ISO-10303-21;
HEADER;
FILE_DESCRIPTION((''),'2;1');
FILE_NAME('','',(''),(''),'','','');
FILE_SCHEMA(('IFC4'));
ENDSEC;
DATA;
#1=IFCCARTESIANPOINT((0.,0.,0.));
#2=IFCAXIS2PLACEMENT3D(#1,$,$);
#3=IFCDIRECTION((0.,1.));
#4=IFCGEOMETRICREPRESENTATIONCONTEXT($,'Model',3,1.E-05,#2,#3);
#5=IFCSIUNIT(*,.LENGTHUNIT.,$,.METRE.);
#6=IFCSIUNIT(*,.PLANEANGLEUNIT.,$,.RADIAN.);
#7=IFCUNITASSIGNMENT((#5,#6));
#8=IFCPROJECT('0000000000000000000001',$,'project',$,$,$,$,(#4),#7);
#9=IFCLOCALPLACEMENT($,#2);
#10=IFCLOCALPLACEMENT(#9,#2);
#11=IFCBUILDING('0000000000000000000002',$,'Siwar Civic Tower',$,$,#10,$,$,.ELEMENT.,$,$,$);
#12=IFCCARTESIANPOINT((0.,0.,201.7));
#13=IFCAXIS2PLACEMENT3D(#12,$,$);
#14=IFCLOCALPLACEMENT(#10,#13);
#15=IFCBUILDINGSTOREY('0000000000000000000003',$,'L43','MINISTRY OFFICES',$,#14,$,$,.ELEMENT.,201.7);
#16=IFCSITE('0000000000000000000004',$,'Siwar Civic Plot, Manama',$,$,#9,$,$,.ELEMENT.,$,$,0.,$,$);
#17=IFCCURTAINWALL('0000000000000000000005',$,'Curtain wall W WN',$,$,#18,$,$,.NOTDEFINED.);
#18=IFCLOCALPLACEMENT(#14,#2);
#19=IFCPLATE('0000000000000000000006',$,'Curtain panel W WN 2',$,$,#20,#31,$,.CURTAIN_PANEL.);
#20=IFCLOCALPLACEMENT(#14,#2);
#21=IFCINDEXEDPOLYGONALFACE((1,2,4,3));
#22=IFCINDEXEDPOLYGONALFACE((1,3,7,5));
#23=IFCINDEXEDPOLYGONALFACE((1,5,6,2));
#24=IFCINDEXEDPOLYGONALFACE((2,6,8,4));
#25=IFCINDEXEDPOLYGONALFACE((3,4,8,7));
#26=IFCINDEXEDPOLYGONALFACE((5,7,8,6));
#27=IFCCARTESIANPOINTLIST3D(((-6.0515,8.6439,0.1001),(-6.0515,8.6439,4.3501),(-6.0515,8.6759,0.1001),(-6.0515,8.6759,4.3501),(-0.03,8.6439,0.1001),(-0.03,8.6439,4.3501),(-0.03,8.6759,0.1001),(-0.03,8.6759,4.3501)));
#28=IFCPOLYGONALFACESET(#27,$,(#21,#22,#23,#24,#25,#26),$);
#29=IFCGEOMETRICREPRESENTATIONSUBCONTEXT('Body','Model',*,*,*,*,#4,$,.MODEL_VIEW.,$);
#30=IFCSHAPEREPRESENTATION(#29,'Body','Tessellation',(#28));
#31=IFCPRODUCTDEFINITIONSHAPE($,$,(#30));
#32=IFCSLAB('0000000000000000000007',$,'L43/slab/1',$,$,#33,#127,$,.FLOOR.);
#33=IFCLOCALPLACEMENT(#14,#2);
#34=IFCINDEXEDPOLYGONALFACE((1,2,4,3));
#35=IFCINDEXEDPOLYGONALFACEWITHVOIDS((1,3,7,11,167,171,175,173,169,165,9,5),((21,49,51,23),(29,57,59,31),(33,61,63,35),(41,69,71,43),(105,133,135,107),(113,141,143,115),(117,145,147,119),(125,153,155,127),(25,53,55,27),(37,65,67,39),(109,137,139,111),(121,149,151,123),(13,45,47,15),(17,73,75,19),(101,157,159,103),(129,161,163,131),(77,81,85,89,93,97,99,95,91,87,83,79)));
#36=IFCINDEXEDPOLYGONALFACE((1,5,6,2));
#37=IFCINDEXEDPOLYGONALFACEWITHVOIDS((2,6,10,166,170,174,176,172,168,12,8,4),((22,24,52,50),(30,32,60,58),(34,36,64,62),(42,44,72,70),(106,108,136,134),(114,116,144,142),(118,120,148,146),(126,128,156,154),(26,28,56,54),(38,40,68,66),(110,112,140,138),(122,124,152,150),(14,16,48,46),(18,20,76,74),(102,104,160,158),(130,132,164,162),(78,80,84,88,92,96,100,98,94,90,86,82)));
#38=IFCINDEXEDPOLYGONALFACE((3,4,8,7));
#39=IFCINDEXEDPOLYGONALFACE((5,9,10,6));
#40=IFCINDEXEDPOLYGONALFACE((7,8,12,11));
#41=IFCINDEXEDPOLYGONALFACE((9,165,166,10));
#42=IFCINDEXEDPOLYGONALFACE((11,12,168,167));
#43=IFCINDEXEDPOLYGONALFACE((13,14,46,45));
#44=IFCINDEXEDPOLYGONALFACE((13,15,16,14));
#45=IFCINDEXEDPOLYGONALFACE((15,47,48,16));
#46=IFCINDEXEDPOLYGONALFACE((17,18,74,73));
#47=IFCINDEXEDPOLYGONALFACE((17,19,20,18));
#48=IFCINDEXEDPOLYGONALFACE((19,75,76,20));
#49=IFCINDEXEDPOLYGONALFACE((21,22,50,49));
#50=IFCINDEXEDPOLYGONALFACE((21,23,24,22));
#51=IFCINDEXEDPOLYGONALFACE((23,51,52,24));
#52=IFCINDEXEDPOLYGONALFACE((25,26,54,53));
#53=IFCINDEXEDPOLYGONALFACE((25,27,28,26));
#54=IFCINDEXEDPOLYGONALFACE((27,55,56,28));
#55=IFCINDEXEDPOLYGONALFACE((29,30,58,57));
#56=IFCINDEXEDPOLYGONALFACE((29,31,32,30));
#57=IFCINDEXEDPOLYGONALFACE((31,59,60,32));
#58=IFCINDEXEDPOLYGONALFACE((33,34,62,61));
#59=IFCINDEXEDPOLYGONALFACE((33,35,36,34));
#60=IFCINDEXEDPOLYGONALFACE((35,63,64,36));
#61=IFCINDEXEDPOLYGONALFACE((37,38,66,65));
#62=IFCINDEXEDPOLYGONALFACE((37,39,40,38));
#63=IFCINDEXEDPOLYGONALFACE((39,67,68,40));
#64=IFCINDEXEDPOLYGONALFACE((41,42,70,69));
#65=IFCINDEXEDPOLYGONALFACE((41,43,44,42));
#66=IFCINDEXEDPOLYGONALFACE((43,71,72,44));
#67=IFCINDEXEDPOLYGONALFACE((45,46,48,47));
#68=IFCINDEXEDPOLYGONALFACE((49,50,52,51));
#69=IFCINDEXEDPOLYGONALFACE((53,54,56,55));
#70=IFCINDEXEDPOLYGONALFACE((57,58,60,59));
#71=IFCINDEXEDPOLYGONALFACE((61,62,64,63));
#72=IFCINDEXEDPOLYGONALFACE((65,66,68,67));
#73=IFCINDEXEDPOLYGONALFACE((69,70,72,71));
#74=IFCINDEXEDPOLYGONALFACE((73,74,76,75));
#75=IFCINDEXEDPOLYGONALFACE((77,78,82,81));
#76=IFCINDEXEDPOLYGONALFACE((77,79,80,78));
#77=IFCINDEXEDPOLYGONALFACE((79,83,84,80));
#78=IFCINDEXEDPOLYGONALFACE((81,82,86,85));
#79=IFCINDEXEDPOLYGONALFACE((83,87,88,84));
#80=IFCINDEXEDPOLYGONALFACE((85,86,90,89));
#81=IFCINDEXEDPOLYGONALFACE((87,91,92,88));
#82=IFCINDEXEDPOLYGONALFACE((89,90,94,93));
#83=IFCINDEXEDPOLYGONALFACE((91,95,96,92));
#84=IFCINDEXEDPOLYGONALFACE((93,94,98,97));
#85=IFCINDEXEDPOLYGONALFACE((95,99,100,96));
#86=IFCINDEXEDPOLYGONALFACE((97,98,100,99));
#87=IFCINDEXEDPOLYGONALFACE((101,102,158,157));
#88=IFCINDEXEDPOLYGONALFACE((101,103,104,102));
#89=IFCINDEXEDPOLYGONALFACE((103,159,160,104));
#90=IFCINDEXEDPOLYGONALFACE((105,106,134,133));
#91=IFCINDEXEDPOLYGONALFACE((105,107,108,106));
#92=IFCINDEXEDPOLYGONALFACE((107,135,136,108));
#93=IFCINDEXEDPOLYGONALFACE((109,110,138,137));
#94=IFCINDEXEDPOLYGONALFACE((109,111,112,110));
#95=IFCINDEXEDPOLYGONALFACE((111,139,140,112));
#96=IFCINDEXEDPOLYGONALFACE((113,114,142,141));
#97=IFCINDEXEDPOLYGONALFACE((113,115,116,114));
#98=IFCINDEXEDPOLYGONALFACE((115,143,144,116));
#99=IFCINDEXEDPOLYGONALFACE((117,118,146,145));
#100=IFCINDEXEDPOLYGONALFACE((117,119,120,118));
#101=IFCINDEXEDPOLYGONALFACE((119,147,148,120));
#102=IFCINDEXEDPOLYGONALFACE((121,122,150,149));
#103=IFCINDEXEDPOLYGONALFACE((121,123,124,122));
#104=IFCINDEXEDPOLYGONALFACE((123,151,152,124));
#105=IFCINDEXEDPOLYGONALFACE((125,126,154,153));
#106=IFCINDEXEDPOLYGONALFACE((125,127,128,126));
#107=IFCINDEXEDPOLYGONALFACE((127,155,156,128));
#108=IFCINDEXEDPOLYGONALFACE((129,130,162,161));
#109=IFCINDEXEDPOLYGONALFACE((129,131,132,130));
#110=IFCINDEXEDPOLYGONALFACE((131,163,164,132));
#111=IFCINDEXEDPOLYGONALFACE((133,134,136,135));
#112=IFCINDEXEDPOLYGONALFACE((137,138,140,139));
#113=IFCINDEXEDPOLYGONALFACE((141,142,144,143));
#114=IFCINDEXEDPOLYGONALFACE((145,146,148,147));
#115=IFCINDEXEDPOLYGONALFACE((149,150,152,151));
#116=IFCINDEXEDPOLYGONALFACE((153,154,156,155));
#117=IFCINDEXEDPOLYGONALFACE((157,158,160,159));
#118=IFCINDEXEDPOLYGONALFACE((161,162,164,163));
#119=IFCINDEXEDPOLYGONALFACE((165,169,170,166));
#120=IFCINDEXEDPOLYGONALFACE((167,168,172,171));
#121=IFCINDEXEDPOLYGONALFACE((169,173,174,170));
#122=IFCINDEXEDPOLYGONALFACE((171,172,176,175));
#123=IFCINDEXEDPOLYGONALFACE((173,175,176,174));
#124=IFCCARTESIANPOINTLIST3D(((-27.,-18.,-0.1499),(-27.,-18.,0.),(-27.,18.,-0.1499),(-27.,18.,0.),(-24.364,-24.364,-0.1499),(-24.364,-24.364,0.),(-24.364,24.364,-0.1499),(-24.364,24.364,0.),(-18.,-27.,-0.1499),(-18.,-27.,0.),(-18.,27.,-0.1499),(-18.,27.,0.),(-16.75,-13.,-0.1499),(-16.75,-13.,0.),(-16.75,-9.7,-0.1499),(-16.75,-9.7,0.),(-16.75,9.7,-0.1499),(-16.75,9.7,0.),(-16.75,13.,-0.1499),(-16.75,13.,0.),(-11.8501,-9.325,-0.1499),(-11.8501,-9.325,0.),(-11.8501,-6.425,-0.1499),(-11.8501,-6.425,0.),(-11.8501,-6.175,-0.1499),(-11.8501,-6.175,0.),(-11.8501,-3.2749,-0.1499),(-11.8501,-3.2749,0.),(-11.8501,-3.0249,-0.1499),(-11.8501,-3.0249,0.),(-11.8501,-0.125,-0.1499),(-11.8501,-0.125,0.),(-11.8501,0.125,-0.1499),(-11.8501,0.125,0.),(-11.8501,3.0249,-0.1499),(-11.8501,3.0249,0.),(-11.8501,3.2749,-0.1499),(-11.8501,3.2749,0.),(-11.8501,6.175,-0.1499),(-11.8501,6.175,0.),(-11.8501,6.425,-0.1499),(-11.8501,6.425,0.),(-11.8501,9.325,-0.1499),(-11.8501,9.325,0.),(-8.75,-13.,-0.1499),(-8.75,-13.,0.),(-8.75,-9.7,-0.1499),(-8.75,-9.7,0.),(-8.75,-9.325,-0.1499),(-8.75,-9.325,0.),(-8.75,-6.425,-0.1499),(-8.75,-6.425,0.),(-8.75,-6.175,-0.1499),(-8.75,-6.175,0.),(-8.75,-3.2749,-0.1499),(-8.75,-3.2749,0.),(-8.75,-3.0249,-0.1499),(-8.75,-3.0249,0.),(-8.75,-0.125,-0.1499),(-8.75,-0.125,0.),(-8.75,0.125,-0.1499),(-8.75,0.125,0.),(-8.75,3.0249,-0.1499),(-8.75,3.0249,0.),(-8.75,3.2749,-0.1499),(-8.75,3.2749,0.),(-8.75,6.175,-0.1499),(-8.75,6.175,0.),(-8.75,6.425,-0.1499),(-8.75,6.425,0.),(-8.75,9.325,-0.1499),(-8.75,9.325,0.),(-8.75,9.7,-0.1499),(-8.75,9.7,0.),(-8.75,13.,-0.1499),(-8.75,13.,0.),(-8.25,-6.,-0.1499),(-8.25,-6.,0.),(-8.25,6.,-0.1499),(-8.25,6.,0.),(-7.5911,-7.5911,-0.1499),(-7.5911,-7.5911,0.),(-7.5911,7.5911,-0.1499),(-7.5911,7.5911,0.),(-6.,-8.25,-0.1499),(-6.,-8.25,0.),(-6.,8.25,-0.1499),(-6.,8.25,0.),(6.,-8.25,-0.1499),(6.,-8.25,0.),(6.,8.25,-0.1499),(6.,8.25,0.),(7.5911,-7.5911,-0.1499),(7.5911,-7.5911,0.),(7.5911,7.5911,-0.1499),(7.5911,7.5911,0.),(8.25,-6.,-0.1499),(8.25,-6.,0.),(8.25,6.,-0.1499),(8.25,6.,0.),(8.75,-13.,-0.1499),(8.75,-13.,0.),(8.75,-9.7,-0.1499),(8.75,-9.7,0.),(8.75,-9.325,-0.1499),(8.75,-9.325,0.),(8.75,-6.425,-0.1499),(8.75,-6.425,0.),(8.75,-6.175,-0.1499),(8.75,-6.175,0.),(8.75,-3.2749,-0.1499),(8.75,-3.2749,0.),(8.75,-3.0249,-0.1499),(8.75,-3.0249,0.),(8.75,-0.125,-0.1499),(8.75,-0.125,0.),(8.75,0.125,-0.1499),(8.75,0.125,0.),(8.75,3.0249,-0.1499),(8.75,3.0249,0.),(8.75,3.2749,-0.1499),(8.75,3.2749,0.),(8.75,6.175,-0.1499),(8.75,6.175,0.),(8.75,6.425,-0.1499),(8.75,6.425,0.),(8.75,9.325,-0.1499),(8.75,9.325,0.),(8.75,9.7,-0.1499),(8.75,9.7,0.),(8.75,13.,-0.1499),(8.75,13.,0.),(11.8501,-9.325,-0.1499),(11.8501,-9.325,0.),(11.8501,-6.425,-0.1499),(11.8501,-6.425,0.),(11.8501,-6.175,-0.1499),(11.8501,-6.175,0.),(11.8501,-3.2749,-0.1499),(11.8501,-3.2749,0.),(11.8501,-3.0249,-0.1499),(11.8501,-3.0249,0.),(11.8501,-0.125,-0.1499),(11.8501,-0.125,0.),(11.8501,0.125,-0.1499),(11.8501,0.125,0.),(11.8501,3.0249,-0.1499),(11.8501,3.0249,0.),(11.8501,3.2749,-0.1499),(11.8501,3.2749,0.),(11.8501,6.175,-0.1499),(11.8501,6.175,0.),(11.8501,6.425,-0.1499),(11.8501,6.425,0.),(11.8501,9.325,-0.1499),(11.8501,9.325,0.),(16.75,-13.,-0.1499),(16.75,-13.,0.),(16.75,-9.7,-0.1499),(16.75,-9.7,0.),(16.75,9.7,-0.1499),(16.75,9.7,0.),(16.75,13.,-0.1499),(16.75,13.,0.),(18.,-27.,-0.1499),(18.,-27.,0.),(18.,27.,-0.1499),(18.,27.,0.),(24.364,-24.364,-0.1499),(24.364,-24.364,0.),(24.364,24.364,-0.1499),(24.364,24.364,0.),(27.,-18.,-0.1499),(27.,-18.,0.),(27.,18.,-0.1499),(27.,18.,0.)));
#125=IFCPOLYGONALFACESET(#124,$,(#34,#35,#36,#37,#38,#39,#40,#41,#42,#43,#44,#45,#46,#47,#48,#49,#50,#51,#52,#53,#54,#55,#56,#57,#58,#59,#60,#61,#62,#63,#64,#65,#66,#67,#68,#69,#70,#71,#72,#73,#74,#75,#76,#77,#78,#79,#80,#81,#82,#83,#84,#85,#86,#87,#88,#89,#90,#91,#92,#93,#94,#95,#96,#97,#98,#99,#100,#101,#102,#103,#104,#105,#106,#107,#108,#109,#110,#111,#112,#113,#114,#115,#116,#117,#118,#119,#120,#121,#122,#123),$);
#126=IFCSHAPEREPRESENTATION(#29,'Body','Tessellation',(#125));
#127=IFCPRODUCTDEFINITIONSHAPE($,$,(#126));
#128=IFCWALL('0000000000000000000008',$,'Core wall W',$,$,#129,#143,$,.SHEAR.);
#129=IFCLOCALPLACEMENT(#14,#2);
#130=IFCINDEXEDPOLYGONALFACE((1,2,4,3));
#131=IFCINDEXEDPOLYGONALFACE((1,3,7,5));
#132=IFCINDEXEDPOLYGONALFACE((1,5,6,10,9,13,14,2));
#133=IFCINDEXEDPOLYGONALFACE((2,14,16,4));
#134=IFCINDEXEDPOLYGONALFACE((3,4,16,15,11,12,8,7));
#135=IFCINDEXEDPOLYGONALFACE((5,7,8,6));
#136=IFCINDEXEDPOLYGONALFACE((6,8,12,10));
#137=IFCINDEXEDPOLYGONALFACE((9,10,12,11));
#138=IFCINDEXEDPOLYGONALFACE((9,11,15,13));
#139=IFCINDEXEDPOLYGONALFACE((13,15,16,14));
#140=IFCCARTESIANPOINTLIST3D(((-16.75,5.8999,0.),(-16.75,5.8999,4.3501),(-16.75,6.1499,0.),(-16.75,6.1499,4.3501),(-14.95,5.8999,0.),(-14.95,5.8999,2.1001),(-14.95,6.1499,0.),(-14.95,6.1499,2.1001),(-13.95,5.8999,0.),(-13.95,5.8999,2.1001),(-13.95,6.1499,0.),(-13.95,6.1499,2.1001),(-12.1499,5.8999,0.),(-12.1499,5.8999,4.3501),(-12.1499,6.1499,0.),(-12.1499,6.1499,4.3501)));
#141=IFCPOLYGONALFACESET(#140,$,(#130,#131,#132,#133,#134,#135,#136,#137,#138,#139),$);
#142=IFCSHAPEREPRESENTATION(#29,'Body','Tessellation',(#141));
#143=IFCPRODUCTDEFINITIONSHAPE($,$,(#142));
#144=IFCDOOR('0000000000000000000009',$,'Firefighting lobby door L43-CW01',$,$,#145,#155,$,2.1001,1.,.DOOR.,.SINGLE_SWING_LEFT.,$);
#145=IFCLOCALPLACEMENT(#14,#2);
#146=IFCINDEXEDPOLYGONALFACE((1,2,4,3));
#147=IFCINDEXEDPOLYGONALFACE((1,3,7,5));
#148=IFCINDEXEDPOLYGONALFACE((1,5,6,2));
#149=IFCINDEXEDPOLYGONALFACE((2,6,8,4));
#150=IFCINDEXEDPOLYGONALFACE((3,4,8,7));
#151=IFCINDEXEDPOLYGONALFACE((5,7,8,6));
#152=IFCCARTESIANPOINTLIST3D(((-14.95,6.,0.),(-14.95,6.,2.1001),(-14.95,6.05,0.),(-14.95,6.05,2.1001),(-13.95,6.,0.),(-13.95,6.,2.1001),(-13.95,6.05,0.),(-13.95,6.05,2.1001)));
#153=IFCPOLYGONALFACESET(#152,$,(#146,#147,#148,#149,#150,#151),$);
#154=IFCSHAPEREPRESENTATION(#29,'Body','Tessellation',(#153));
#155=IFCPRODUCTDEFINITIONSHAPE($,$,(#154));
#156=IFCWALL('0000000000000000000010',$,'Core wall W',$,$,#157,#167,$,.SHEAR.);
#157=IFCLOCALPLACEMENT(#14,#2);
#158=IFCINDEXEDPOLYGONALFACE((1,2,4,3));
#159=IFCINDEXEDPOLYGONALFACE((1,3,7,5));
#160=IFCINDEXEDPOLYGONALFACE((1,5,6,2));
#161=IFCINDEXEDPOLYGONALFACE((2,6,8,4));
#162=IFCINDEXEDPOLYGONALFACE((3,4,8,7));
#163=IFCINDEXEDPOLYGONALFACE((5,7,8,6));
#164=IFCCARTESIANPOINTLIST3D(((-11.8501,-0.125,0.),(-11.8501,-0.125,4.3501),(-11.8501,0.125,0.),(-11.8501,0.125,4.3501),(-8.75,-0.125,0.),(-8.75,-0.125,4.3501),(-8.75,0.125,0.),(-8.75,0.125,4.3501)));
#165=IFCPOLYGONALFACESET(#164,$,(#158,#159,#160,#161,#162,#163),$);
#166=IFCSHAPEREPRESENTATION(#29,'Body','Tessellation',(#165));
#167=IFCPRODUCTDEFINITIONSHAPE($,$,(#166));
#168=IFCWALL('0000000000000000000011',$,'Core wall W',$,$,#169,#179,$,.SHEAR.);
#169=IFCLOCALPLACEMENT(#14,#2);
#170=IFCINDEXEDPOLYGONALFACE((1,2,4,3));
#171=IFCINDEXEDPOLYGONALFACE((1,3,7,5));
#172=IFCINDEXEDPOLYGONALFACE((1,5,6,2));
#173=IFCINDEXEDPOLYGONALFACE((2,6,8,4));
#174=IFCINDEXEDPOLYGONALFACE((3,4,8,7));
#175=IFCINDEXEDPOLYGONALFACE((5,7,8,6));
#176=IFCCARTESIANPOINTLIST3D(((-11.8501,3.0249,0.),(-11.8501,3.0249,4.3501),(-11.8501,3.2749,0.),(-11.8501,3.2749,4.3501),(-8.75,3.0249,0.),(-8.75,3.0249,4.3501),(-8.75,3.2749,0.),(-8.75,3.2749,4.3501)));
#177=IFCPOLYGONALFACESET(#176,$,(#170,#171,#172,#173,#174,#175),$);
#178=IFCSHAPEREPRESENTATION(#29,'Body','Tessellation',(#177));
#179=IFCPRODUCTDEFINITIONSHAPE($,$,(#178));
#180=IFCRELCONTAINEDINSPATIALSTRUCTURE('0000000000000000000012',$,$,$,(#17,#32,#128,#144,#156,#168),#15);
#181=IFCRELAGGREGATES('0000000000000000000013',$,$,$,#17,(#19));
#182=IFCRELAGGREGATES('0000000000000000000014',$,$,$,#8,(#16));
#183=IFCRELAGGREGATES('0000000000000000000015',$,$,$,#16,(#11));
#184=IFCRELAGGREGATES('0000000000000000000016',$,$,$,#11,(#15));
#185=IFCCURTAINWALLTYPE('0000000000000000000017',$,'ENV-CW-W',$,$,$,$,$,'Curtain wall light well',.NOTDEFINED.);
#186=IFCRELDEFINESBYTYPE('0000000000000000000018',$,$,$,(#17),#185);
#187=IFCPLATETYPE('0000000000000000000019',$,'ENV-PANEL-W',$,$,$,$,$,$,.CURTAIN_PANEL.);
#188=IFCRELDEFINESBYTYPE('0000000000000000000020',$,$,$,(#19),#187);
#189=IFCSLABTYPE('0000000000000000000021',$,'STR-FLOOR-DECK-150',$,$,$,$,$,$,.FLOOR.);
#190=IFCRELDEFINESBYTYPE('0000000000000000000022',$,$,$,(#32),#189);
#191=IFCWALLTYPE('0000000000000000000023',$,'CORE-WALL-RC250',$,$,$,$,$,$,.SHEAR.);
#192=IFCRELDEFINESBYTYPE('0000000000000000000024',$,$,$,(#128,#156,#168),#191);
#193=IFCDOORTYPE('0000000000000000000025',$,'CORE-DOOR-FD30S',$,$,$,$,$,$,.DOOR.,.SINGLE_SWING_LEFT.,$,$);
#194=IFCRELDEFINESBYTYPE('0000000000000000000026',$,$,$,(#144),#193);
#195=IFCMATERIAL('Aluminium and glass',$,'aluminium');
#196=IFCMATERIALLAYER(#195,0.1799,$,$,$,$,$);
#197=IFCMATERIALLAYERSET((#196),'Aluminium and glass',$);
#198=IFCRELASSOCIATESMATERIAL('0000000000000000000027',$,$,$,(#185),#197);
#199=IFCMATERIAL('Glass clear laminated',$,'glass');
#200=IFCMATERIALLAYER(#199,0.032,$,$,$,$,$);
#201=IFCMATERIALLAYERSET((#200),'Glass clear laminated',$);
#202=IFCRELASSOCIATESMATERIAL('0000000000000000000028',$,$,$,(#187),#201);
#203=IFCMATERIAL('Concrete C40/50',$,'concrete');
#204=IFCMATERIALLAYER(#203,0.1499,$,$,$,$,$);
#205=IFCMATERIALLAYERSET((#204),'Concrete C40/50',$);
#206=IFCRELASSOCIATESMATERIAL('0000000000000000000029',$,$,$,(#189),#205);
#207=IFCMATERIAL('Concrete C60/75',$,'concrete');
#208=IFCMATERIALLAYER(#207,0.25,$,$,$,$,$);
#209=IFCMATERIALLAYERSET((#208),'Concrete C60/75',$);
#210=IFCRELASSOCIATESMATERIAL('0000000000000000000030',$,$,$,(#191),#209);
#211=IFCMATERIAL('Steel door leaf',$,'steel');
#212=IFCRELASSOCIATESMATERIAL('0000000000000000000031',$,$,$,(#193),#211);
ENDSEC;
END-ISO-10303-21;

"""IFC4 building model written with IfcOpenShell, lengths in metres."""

from ifc_helpers import new_model, si_unit, direction, frame, frame_2d, origin, origin_2d, place, context, subcontext, project, spatial, polyline, rectangle, outline, extrude, material, layer, layer_set, type_object, element, fill, aggregate, save


model = new_model("IFC4")

# Units and contexts
model_context = context("Model", 3, precision=1e-05, world=origin(), true_north=direction((0.0, 1.0)))
body_context = subcontext(model_context, "Body", "Model", "MODEL_VIEW")
ifc_project = project(units=[si_unit("LENGTHUNIT", "METRE"), si_unit("PLANEANGLEUNIT", "RADIAN")], contexts=[model_context])

# Site, building, storey
site_placement = place(None, origin())
site = spatial("IfcSite", under=ifc_project, at=site_placement, Name="Siwar Civic Plot, Manama", CompositionType="ELEMENT", RefElevation=0.0)
building_placement = place(site_placement, origin())
building = spatial("IfcBuilding", under=site, at=building_placement, Name="Siwar Civic Tower", CompositionType="ELEMENT")
storey_placement = place(building_placement, frame((0.0, 0.0, 201.7)))
storey = spatial("IfcBuildingStorey", under=building, at=storey_placement, Name="L43", Description="MINISTRY OFFICES", CompositionType="ELEMENT", Elevation=201.7)

# Curtain wall
ifc_material_1 = material(Name="Aluminium and glass", Category="aluminium")
ifc_layer_1 = layer(ifc_material_1, 0.1799)
ifc_layer_set_1 = layer_set([ifc_layer_1], Name="Aluminium and glass")
curtain_wall_type = type_object("IfcCurtainWallType", Name="ENV-CW-W", ElementType="Curtain wall light well", PredefinedType="NOTDEFINED", material=ifc_layer_set_1)
curtain_wall_placement = place(storey_placement, origin())
curtain_wall = element("IfcCurtainWall", 1, at=curtain_wall_placement, inside=storey, type_object=curtain_wall_type, Name="Curtain wall W WN", PredefinedType="NOTDEFINED")

# Plate
ifc_material_2 = material(Name="Glass clear laminated", Category="glass")
ifc_layer_2 = layer(ifc_material_2, 0.032)
ifc_layer_set_2 = layer_set([ifc_layer_2], Name="Glass clear laminated")
plate_type = type_object("IfcPlateType", Name="ENV-PANEL-W", PredefinedType="CURTAIN_PANEL", material=ifc_layer_set_2)
plate_placement = place(storey_placement, frame((-3.0408, 8.6599, 0.1001), z_axis=(0.0, 0.0, 1.0), x_axis=(-1.0, 0.0, 0.0)))
plate = element("IfcPlate", 2, at=plate_placement, type_object=plate_type, Name="Curtain panel W WN 2", PredefinedType="CURTAIN_PANEL", context=body_context, shape_type="SweptSolid", body=[
    extrude(rectangle(XDim=6.0215, YDim=0.032, at=origin_2d()), origin(), (0.0, 0.0, 1.0), 4.25),
])
aggregate(curtain_wall, [plate])

# Slab
ifc_material_3 = material(Name="Concrete C40/50", Category="concrete")
ifc_layer_3 = layer(ifc_material_3, 0.1499)
ifc_layer_set_3 = layer_set([ifc_layer_3], Name="Concrete C40/50")
slab_type_1 = type_object("IfcSlabType", Name="STR-FLOOR-DECK-150", PredefinedType="FLOOR", material=ifc_layer_set_3)
slab_1_placement = place(storey_placement, frame((0.0, 0.0, -0.1499)))
element("IfcSlab", 3, at=slab_1_placement, inside=storey, type_object=slab_type_1, Name="L43/slab/1", PredefinedType="FLOOR", context=body_context, shape_type="SweptSolid", body=[
    extrude(outline(polyline([(-18.0, -27.0), (18.0, -27.0), (24.364, -24.364), (27.0, -18.0), (27.0, 18.0), (24.364, 24.364), (18.0, 27.0), (-18.0, 27.0), (-24.364, 24.364), (-27.0, 18.0), (-27.0, -18.0), (-24.364, -24.364), (-18.0, -27.0)]), holes=[polyline([(16.75, 13.0), (16.75, 9.7), (8.75, 9.7), (8.75, 13.0), (16.75, 13.0)]), polyline([(8.75, -9.7), (16.75, -9.7), (16.75, -13.0), (8.75, -13.0), (8.75, -9.7)]), polyline([(11.8501, 9.325), (11.8501, 6.425), (8.75, 6.425), (8.75, 9.325), (11.8501, 9.325)]), polyline([(8.75, 6.175), (11.8501, 6.175), (11.8501, 3.2749), (8.75, 3.2749), (8.75, 6.175)]), polyline([(8.75, 3.0249), (11.8501, 3.0249), (11.8501, 0.125), (8.75, 0.125), (8.75, 3.0249)]), polyline([(8.75, -0.125), (11.8501, -0.125), (11.8501, -3.0249), (8.75, -3.0249), (8.75, -0.125)]), polyline([(8.75, -3.2749), (11.8501, -3.2749), (11.8501, -6.175), (8.75, -6.175), (8.75, -3.2749)]), polyline([(8.75, -6.425), (11.8501, -6.425), (11.8501, -9.325), (8.75, -9.325), (8.75, -6.425)]), polyline([(-6.0, 8.25), (6.0, 8.25), (7.5911, 7.5911), (8.25, 6.0), (8.25, -6.0), (7.5911, -7.5911), (6.0, -8.25), (-6.0, -8.25), (-7.5911, -7.5911), (-8.25, -6.0), (-8.25, 6.0), (-7.5911, 7.5911), (-6.0, 8.25)]), polyline([(-8.75, -13.0), (-16.75, -13.0), (-16.75, -9.7), (-8.75, -9.7), (-8.75, -13.0)]), polyline([(-8.75, 9.7), (-16.75, 9.7), (-16.75, 13.0), (-8.75, 13.0), (-8.75, 9.7)]), polyline([(-8.75, 6.425), (-11.8501, 6.425), (-11.8501, 9.325), (-8.75, 9.325), (-8.75, 6.425)]), polyline([(-8.75, 3.2749), (-11.8501, 3.2749), (-11.8501, 6.175), (-8.75, 6.175), (-8.75, 3.2749)]), polyline([(-8.75, 0.125), (-11.8501, 0.125), (-11.8501, 3.0249), (-8.75, 3.0249), (-8.75, 0.125)]), polyline([(-8.75, -3.0249), (-11.8501, -3.0249), (-11.8501, -0.125), (-8.75, -0.125), (-8.75, -3.0249)]), polyline([(-8.75, -6.175), (-11.8501, -6.175), (-11.8501, -3.2749), (-8.75, -3.2749), (-8.75, -6.175)]), polyline([(-8.75, -9.325), (-11.8501, -9.325), (-11.8501, -6.425), (-8.75, -6.425), (-8.75, -9.325)])]), origin(), (0.0, 0.0, 1.0), 0.1499),
])

# Wall, opening, door
ifc_material_4 = material(Name="Concrete C60/75", Category="concrete")
ifc_layer_4 = layer(ifc_material_4, 0.25)
ifc_layer_set_4 = layer_set([ifc_layer_4], Name="Concrete C60/75")
wall_type_1 = type_object("IfcWallType", Name="CORE-WALL-RC250", PredefinedType="SHEAR", material=ifc_layer_set_4)
wall_1_placement = place(storey_placement, frame((-12.1499, 6.0249, 0.0), z_axis=(0.0, 0.0, 1.0), x_axis=(-1.0, 0.0, 0.0)))
wall_1 = element("IfcWall", 4, at=wall_1_placement, inside=storey, type_object=wall_type_1, Name="Core wall W", PredefinedType="SHEAR", context=body_context, shape_type="SweptSolid", body=[
    extrude(rectangle(XDim=4.6001, YDim=0.25, at=frame_2d((2.3, 0.0))), origin(), (0.0, 0.0, 1.0), 4.3501),
])
opening_placement = place(wall_1_placement, frame((1.8, 0.0, 0.0)))
opening = element("IfcOpeningElement", 5, at=opening_placement, cuts=wall_1, PredefinedType="OPENING", context=body_context, shape_type="SweptSolid", body=[
    extrude(rectangle(XDim=1.0, YDim=2.1001, at=frame_2d((0.5, 1.05))), frame((0.0, 0.135, 0.0), z_axis=(0.0, -1.0, 0.0), x_axis=(1.0, 0.0, 0.0)), (0.0, 0.0, 1.0), 0.27),
])
ifc_material_5 = material(Name="Steel door leaf", Category="steel")
door_type = type_object("IfcDoorType", Name="CORE-DOOR-FD30S", OperationType="SINGLE_SWING_LEFT", PredefinedType="DOOR", material=ifc_material_5)
door_placement = place(opening_placement, origin())
door = element("IfcDoor", 6, at=door_placement, inside=storey, type_object=door_type, Name="Firefighting lobby door L43-CW01", OperationType="SINGLE_SWING_LEFT", OverallHeight=2.1001, OverallWidth=1.0, PredefinedType="DOOR", context=body_context, shape_type="SweptSolid", body=[
    extrude(rectangle(XDim=1.0, YDim=2.1001, at=frame_2d((0.5, 1.05))), frame((0.0, 0.0249, 0.0), z_axis=(0.0, -1.0, 0.0), x_axis=(1.0, 0.0, 0.0)), (0.0, 0.0, 1.0), 0.05),
])
fill(opening, door)

# Walls
for number, where, z_axis, x_axis, name in (
    (7, (-8.75, 0.0, 0.0), (0.0, 0.0, 1.0), (-1.0, 0.0, 0.0), "Core wall W"),
    (8, (-8.75, 3.1499, 0.0), (0.0, 0.0, 1.0), (-1.0, 0.0, 0.0), "Core wall W"),
):
    element("IfcWall", number, at=place(storey_placement, frame(where, z_axis=z_axis, x_axis=x_axis)), inside=storey, type_object=wall_type_1, Name=name, PredefinedType="SHEAR", context=body_context, shape_type="SweptSolid", body=[
        extrude(rectangle(XDim=3.1001, YDim=0.25, at=frame_2d((1.55, 0.0))), origin(), (0.0, 0.0, 1.0), 4.3501),
    ])

save(model, "model.ifc")
